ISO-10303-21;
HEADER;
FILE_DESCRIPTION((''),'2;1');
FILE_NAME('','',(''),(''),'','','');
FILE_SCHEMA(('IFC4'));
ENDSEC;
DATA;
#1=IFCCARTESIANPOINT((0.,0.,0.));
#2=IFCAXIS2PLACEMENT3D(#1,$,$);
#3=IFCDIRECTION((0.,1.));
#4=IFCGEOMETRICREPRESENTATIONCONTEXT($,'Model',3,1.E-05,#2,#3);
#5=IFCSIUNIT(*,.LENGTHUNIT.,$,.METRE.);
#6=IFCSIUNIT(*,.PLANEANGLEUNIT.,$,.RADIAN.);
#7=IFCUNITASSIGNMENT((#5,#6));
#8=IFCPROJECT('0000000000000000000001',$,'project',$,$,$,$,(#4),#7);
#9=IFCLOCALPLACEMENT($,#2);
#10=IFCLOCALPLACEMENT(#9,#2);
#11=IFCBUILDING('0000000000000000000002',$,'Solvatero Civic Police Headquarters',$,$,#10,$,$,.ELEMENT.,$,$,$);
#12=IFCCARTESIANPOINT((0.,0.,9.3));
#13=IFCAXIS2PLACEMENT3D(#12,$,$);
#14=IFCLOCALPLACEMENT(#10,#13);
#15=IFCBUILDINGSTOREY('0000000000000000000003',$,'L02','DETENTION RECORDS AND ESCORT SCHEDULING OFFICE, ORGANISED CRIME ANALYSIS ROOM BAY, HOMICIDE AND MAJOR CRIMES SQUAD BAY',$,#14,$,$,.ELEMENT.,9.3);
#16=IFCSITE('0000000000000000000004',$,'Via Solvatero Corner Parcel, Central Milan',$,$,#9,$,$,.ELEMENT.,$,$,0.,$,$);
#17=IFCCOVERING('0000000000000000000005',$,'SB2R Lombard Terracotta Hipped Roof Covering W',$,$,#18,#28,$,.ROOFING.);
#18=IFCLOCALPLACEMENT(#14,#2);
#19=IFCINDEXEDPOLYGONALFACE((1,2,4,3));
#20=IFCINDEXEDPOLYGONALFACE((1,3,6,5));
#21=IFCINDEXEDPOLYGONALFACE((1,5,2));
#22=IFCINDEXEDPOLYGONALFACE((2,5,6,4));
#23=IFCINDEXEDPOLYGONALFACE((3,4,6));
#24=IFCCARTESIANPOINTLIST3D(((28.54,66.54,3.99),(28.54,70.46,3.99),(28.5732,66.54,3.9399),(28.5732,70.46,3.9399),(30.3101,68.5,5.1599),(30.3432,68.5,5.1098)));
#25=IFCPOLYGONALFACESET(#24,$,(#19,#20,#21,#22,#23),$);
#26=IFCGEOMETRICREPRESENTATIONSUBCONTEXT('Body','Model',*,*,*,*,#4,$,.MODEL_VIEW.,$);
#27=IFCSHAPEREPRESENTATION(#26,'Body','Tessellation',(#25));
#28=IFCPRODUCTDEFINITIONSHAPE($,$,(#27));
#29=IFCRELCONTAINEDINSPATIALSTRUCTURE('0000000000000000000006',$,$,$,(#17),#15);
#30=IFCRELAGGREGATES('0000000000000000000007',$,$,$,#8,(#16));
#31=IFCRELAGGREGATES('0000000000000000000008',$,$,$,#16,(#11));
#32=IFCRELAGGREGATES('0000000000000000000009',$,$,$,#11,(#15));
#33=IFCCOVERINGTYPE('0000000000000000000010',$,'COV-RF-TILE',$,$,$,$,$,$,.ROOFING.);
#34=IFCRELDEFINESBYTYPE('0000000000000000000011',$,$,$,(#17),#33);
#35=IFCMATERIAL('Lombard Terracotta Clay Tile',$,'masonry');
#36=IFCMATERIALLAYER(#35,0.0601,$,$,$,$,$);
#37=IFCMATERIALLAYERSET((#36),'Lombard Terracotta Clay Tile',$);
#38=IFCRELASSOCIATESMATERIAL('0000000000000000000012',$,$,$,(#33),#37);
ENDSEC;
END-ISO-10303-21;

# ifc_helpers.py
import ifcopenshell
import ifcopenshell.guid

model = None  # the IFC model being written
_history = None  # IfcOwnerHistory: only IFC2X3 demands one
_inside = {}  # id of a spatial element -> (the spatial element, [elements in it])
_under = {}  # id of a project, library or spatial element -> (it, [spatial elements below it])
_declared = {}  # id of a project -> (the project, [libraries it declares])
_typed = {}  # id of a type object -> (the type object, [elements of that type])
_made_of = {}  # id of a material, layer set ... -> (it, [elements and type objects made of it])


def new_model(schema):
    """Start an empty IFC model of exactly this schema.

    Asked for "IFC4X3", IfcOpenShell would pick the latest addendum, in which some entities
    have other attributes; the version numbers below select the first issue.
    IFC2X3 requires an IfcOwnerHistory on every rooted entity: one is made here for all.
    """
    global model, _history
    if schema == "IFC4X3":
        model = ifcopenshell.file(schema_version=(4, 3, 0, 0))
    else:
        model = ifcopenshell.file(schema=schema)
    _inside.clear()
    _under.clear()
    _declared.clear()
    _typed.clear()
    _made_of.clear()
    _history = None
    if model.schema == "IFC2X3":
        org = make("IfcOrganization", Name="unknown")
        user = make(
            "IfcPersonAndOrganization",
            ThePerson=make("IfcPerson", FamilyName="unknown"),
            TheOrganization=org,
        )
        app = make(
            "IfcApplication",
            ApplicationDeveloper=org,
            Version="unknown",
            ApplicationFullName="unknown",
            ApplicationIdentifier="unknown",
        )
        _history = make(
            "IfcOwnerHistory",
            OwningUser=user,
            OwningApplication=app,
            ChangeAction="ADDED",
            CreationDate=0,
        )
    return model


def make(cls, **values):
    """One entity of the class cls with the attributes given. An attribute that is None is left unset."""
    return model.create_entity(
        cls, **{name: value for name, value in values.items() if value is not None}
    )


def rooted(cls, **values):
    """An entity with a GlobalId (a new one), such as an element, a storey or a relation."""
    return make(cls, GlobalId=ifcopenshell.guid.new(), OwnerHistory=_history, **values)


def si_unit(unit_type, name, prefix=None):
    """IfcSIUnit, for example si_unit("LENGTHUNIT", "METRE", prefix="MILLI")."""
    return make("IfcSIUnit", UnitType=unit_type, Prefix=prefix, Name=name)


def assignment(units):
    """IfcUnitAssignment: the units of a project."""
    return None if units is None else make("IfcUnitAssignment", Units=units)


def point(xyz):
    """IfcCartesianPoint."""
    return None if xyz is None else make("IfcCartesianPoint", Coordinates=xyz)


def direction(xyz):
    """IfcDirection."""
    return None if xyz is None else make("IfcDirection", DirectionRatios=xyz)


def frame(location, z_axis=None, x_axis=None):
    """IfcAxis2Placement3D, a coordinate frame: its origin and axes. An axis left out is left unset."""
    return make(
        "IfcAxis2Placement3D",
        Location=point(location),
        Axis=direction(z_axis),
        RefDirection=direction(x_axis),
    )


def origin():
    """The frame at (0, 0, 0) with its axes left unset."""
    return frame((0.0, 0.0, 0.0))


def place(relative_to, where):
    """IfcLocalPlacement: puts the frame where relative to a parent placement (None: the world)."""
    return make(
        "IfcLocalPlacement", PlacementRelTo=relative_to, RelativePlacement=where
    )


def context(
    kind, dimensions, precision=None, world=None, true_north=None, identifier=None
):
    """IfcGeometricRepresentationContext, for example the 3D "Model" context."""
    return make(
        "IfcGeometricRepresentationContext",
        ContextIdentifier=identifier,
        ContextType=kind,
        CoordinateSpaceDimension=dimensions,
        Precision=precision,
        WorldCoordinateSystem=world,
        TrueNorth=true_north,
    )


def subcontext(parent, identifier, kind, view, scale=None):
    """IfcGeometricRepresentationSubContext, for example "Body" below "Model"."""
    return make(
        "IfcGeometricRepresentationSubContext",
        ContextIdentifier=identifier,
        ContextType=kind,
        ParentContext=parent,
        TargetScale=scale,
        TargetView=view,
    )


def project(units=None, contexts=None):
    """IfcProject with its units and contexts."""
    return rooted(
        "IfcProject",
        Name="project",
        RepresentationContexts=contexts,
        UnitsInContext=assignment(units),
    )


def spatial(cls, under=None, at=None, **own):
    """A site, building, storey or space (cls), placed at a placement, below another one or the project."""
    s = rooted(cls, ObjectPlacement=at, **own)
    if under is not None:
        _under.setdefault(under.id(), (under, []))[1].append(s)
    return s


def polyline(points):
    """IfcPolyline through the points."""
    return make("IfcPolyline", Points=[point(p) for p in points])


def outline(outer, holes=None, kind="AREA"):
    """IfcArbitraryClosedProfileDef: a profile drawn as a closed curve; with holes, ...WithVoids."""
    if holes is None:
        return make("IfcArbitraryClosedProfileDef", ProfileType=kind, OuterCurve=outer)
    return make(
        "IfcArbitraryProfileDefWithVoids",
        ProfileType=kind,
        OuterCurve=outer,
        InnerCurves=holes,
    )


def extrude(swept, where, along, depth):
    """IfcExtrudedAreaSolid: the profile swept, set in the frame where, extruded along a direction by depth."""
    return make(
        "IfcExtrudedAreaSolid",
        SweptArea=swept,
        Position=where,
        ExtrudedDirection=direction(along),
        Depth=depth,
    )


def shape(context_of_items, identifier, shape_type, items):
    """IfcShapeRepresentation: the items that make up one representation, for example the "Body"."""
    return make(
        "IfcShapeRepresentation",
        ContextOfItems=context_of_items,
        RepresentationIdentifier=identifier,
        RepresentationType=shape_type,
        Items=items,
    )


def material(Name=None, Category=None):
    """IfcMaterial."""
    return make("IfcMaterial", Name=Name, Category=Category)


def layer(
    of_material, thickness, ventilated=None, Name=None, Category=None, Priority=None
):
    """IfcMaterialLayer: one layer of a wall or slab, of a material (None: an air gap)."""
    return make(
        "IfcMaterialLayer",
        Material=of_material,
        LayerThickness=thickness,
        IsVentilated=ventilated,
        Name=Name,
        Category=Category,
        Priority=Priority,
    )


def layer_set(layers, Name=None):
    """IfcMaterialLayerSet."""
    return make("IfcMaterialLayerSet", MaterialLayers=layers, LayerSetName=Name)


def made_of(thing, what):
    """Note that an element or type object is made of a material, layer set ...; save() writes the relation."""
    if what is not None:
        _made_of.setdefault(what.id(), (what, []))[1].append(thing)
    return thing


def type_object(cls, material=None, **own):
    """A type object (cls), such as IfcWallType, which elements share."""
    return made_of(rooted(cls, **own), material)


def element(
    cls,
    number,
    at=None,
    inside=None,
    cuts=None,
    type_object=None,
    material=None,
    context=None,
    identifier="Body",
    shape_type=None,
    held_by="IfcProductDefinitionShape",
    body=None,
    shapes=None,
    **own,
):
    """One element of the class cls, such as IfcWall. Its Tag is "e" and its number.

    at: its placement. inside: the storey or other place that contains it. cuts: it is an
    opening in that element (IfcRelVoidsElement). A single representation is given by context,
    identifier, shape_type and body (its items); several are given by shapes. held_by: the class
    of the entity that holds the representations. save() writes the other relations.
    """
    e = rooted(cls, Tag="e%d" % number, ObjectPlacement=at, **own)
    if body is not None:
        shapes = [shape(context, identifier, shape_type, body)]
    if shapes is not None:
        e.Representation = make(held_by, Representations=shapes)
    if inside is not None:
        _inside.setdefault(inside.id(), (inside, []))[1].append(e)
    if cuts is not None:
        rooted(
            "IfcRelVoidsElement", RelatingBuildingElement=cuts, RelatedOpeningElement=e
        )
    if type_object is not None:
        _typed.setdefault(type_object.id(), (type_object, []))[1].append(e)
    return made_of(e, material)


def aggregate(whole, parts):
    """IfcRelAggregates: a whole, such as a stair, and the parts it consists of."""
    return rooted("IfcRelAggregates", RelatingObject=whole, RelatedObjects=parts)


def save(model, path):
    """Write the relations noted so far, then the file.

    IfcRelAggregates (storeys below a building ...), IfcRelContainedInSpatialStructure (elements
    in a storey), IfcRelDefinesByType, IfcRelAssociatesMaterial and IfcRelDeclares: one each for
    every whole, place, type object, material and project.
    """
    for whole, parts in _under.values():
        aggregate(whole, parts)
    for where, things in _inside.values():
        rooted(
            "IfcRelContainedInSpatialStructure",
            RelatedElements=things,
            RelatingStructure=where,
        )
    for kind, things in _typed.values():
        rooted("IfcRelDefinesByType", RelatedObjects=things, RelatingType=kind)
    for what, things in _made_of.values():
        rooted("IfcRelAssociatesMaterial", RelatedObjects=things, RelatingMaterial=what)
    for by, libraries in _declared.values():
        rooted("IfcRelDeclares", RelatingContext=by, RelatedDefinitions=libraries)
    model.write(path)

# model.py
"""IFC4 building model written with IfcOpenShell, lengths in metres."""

from ifc_helpers import new_model, si_unit, direction, frame, origin, place, context, subcontext, project, spatial, polyline, outline, extrude, material, layer, layer_set, type_object, element, save


model = new_model("IFC4")

# Units and contexts
model_context = context("Model", 3, precision=1e-05, world=origin(), true_north=direction((0.0, 1.0)))
body_context = subcontext(model_context, "Body", "Model", "MODEL_VIEW")
ifc_project = project(units=[si_unit("LENGTHUNIT", "METRE"), si_unit("PLANEANGLEUNIT", "RADIAN")], contexts=[model_context])

# Site, building, storey
site_placement = place(None, origin())
site = spatial("IfcSite", under=ifc_project, at=site_placement, Name="Via Solvatero Corner Parcel, Central Milan", CompositionType="ELEMENT", RefElevation=0.0)
building_placement = place(site_placement, origin())
building = spatial("IfcBuilding", under=site, at=building_placement, Name="Solvatero Civic Police Headquarters", CompositionType="ELEMENT")
storey_placement = place(building_placement, frame((0.0, 0.0, 9.3)))
storey = spatial("IfcBuildingStorey", under=building, at=storey_placement, Name="L02", Description="DETENTION RECORDS AND ESCORT SCHEDULING OFFICE, ORGANISED CRIME ANALYSIS ROOM BAY, HOMICIDE AND MAJOR CRIMES SQUAD BAY", CompositionType="ELEMENT", Elevation=9.3)

# Covering
ifc_material_1 = material(Name="Lombard Terracotta Clay Tile", Category="masonry")
ifc_layer_1 = layer(ifc_material_1, 0.0601)
ifc_layer_set_1 = layer_set([ifc_layer_1], Name="Lombard Terracotta Clay Tile")
covering_type = type_object("IfcCoveringType", Name="COV-RF-TILE", PredefinedType="ROOFING", material=ifc_layer_set_1)
covering_placement = place(storey_placement, frame((28.54, 70.46, 3.99), z_axis=(-0.551403, 0.0, 0.834239), x_axis=(0.0, -1.0, 0.0)))
element("IfcCovering", 1, at=covering_placement, inside=storey, type_object=covering_type, Name="SB2R Lombard Terracotta Hipped Roof Covering W", PredefinedType="ROOFING", context=body_context, shape_type="SweptSolid", body=[
    extrude(outline(polyline([(0.0, 0.0), (3.9199, 0.0), (1.96, 2.1217), (0.0, 0.0)])), origin(), (0.0, 0.0, -1.0), 0.0601),
])

save(model, "model.ifc")
